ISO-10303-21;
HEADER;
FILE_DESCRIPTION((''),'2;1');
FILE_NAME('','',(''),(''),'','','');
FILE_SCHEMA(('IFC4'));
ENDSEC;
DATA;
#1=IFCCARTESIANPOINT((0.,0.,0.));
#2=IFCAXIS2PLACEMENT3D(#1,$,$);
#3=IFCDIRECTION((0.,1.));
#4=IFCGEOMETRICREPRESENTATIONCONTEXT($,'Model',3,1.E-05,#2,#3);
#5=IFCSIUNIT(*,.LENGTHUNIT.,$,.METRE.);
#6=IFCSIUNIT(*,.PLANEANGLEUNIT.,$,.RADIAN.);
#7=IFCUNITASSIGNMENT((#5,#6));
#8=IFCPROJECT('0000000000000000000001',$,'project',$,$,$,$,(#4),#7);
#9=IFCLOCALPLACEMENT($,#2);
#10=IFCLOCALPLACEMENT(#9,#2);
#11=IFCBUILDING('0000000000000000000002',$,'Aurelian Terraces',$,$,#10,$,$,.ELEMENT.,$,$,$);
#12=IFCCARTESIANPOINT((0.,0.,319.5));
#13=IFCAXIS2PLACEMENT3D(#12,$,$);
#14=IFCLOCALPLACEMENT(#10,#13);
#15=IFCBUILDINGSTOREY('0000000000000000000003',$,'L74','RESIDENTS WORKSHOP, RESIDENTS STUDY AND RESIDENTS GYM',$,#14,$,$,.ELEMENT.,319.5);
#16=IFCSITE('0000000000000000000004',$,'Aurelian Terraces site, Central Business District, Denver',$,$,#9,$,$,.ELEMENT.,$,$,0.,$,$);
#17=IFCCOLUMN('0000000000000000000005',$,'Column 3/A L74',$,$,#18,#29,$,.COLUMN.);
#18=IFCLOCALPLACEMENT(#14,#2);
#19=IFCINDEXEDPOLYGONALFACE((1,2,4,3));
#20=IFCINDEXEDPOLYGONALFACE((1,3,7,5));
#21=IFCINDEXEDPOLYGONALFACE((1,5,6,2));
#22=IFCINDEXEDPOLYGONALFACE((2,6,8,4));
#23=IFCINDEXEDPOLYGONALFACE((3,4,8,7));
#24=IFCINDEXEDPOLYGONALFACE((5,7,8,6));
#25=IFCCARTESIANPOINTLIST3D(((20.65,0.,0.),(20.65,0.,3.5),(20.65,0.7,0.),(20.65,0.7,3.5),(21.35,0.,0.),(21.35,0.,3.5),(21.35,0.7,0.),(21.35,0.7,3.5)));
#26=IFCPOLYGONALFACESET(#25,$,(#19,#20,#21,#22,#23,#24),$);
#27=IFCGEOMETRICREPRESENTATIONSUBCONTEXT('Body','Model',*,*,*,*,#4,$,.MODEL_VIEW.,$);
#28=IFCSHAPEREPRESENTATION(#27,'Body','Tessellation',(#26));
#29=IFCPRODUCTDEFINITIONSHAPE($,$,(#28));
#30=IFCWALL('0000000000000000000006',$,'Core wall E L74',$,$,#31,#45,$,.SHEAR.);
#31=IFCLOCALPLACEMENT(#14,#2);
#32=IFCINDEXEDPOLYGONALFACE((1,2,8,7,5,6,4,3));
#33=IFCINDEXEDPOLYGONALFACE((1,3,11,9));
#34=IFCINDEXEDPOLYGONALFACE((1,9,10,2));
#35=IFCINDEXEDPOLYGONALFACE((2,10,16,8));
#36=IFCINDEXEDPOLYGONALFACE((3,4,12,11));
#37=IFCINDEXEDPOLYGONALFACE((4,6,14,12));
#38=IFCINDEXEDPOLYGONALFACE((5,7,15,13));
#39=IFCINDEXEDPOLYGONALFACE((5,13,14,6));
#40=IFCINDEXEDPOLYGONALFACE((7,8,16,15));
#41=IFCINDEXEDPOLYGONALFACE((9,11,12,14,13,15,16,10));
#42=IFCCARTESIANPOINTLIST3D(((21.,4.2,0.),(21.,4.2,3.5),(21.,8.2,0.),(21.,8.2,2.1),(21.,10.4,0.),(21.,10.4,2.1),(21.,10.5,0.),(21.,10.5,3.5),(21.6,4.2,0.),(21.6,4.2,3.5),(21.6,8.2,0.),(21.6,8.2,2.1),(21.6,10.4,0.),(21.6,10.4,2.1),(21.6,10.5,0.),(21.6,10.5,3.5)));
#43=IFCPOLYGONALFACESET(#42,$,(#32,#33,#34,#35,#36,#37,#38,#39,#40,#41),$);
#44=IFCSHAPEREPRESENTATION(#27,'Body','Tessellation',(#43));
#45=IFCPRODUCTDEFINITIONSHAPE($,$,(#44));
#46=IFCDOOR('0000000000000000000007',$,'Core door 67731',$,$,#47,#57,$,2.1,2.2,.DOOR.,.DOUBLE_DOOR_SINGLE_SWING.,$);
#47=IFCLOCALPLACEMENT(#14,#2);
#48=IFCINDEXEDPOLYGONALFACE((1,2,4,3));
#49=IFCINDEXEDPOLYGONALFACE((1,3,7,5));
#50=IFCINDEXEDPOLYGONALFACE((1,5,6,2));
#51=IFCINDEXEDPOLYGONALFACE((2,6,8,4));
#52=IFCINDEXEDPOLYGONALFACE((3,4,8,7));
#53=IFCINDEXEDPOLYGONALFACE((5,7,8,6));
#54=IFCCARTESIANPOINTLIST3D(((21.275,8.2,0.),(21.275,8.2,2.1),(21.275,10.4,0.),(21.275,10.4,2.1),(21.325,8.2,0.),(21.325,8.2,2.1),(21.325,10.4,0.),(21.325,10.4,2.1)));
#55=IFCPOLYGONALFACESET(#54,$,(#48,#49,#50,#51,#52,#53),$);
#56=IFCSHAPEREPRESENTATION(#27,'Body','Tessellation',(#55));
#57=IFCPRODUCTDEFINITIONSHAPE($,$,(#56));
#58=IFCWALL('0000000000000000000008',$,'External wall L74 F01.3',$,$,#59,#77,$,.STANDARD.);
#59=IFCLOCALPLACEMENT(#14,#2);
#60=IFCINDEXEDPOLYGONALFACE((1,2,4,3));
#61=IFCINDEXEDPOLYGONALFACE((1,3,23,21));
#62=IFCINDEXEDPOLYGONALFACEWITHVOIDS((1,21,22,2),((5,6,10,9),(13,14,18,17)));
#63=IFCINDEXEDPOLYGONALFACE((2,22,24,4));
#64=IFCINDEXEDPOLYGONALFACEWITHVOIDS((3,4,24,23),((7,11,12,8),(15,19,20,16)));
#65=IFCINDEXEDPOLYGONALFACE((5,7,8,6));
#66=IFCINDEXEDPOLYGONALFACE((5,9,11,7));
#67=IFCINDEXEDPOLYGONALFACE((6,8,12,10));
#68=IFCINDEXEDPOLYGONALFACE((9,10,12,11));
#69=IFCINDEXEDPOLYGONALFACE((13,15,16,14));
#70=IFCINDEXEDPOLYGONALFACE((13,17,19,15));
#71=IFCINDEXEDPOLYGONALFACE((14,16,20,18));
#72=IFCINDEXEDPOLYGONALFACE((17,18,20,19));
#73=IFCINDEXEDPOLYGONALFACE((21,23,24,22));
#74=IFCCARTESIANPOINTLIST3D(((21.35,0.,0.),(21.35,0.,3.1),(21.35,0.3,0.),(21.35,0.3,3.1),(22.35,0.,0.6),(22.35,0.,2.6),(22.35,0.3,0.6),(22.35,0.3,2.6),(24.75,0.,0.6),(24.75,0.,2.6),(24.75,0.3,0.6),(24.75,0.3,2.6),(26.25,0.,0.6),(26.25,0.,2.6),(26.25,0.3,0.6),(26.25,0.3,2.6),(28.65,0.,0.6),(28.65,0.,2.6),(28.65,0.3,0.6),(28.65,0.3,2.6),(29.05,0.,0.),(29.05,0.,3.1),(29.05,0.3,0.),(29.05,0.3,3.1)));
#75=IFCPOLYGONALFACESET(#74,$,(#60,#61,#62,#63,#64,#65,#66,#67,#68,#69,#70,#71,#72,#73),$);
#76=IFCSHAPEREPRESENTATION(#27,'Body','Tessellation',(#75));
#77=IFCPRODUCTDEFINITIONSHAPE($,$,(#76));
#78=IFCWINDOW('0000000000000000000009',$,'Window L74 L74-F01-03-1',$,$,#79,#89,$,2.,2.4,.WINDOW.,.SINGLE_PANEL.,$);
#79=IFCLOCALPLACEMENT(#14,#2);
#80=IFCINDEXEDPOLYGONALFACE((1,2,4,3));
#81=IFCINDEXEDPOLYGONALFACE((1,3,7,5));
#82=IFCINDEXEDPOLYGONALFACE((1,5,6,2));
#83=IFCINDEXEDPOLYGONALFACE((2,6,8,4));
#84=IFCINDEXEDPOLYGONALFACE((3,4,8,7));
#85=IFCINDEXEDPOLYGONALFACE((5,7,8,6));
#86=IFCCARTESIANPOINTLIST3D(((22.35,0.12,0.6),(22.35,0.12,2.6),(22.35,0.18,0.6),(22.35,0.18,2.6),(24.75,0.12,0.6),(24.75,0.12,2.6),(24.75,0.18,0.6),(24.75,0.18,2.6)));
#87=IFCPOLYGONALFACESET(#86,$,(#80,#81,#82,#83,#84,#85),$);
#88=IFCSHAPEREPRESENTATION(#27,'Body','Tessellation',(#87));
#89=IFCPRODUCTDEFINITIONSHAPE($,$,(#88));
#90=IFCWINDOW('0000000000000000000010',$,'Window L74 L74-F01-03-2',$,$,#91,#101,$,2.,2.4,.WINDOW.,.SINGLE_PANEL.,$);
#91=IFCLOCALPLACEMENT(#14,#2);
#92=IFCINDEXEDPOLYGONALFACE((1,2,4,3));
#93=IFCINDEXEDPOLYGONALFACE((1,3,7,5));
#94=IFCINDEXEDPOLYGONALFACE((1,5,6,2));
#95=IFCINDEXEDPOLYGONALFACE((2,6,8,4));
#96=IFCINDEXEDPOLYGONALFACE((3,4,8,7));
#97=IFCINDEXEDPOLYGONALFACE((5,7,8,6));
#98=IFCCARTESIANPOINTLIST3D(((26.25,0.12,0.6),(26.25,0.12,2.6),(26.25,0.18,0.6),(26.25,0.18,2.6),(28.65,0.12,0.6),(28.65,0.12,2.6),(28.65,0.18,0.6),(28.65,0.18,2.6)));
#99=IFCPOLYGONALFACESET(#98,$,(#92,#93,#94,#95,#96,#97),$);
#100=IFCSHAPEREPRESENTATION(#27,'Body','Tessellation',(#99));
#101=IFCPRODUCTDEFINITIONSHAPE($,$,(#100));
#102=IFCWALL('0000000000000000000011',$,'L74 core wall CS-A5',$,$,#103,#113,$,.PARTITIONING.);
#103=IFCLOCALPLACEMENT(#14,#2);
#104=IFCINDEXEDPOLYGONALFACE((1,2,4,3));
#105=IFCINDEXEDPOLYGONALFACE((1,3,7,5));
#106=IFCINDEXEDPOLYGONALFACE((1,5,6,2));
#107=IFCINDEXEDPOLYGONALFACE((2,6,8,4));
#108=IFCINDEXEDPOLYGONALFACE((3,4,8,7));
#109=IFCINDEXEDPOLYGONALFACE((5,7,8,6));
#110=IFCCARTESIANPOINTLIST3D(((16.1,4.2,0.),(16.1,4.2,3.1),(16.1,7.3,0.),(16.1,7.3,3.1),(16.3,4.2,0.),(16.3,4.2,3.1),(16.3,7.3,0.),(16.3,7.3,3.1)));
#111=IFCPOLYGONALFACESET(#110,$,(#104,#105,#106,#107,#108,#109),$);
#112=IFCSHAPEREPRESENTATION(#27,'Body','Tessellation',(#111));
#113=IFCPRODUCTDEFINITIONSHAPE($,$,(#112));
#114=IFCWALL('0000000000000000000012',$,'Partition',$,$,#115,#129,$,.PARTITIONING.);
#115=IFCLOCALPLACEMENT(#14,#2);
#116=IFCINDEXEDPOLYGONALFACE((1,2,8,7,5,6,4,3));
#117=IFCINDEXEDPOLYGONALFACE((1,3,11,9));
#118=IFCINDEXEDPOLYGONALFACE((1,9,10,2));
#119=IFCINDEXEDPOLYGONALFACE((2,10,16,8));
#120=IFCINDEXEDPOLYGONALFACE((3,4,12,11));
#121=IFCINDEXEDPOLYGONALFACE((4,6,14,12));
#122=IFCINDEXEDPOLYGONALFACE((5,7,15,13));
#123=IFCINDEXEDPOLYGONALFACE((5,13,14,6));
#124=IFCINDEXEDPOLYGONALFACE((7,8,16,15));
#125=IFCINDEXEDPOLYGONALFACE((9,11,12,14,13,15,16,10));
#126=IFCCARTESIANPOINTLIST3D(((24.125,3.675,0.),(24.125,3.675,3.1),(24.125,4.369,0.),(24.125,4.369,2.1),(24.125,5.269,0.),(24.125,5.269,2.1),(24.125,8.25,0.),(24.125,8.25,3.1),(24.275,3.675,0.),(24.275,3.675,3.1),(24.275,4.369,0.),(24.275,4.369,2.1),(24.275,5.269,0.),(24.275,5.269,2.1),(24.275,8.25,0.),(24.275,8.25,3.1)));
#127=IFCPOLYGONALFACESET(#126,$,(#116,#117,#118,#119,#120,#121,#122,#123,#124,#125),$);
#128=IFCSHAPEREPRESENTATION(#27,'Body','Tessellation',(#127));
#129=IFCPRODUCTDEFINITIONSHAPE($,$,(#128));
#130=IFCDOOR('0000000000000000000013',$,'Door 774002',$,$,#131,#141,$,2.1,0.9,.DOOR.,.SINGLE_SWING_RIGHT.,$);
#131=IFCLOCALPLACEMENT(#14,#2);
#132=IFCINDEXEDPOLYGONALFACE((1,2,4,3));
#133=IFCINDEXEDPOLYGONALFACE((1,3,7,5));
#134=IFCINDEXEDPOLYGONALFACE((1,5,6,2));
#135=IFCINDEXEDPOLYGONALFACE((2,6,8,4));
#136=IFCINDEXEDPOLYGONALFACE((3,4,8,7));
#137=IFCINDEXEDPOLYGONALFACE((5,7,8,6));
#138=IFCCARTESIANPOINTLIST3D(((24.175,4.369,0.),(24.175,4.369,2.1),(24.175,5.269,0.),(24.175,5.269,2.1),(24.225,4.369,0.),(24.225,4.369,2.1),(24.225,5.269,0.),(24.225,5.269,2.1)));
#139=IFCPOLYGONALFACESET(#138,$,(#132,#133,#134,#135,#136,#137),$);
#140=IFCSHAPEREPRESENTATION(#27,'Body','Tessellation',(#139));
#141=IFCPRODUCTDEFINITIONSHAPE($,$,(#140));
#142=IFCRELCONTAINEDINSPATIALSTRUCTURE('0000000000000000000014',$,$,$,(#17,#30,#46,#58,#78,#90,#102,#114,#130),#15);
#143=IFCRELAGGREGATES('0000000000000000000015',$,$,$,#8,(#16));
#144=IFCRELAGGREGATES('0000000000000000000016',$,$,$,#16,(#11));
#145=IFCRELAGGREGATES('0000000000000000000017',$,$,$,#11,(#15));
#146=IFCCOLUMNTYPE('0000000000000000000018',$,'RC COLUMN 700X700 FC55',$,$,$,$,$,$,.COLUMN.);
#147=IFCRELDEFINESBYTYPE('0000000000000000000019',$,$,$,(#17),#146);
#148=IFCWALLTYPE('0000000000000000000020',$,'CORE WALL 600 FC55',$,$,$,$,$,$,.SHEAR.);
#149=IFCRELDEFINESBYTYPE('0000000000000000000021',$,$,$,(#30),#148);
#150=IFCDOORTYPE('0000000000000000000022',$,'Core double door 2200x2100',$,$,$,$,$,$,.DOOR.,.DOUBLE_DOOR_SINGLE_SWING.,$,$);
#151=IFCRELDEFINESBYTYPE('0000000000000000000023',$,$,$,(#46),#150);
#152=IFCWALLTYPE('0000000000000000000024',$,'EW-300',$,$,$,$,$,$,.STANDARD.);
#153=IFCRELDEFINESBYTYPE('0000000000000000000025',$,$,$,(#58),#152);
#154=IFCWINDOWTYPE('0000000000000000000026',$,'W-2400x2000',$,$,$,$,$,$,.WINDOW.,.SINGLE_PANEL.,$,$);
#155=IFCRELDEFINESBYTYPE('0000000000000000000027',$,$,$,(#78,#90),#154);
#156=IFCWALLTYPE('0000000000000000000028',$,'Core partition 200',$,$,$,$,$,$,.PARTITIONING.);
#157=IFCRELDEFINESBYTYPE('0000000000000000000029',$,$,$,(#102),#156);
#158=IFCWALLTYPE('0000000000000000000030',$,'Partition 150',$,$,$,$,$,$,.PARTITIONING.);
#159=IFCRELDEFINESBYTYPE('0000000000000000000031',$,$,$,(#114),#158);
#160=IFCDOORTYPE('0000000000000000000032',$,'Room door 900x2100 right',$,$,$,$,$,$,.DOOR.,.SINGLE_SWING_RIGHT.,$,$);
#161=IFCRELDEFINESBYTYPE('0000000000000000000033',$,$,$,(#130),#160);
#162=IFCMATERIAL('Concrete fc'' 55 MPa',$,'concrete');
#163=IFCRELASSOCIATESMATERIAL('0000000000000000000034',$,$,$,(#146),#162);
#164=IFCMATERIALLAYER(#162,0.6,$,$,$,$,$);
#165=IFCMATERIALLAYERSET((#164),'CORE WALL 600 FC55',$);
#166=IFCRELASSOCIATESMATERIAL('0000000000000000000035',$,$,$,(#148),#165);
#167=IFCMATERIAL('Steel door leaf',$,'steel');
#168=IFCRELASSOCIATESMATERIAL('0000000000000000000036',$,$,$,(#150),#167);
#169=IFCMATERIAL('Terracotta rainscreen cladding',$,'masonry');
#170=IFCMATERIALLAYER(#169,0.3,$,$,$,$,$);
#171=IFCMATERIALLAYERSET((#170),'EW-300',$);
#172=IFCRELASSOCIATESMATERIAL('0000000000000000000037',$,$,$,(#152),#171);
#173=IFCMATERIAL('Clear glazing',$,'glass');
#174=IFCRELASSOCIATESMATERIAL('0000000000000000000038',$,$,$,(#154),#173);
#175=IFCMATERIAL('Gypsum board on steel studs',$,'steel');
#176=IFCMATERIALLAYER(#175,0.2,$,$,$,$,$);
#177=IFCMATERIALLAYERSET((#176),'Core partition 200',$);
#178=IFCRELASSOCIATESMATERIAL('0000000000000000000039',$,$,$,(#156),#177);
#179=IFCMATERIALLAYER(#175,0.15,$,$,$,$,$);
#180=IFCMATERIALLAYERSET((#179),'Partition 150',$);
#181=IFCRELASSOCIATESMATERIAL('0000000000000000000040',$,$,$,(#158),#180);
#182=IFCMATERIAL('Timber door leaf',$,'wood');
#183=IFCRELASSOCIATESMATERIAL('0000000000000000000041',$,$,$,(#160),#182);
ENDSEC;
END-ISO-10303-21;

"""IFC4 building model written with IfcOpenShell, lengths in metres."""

from ifc_helpers import new_model, si_unit, direction, frame, frame_2d, origin, origin_2d, place, context, subcontext, project, spatial, rectangle, extrude, source, transform, mapped, material, layer, layer_set, material_profile, profile_set, type_object, element, fill, save


model = new_model("IFC4")

# Units and contexts
model_context = context("Model", 3, precision=1e-05, world=origin(), true_north=direction((0.0, 1.0)))
body_context = subcontext(model_context, "Body", "Model", "MODEL_VIEW")
ifc_project = project(units=[si_unit("LENGTHUNIT", "METRE"), si_unit("PLANEANGLEUNIT", "RADIAN")], contexts=[model_context])

# Site, building, storey
site_placement = place(None, origin())
site = spatial("IfcSite", under=ifc_project, at=site_placement, Name="Aurelian Terraces site, Central Business District, Denver", CompositionType="ELEMENT", RefElevation=0.0)
building_placement = place(site_placement, origin())
building = spatial("IfcBuilding", under=site, at=building_placement, Name="Aurelian Terraces", CompositionType="ELEMENT")
storey_placement = place(building_placement, frame((0.0, 0.0, 319.5)))
storey = spatial("IfcBuildingStorey", under=building, at=storey_placement, Name="L74", Description="RESIDENTS WORKSHOP, RESIDENTS STUDY AND RESIDENTS GYM", CompositionType="ELEMENT", Elevation=319.5)

# Column
ifc_material_1 = material(Name="Concrete fc' 55 MPa", Category="concrete")
ifc_material_profile = material_profile(ifc_material_1, rectangle(XDim=0.7, YDim=0.7, at=origin_2d()))
ifc_profile_set = profile_set([ifc_material_profile], Name="Concrete fc' 55 MPa")
column_type = type_object("IfcColumnType", Name="RC COLUMN 700X700 FC55", PredefinedType="COLUMN", material=ifc_profile_set)
shared_shape_1 = source(origin(), body_context, "Body", "SweptSolid", [
    extrude(rectangle(XDim=0.7, YDim=0.7, at=origin_2d()), origin(), (0.0, 0.0, 1.0), 3.5),
])
column_placement = place(storey_placement, frame((21.0, 0.35, 0.0), z_axis=(0.0, 0.0, 1.0), x_axis=(1.0, 0.0, 0.0)))
element("IfcColumn", 1, at=column_placement, inside=storey, type_object=column_type, Name="Column 3/A L74", PredefinedType="COLUMN", context=body_context, shape_type="MappedRepresentation", body=[
    mapped(shared_shape_1, transform((0.0, 0.0, 0.0), scale=1.0)),
])

# Wall, opening, door
ifc_layer_1 = layer(ifc_material_1, 0.6)
ifc_layer_set_1 = layer_set([ifc_layer_1], Name="CORE WALL 600 FC55")
wall_type_1 = type_object("IfcWallType", Name="CORE WALL 600 FC55", PredefinedType="SHEAR", material=ifc_layer_set_1)
shared_shape_2 = source(origin(), body_context, "Body", "SweptSolid", [
    extrude(rectangle(XDim=6.3, YDim=0.6, at=frame_2d((3.15, 0.0))), origin(), (0.0, 0.0, 1.0), 3.5),
])
wall_1_placement = place(storey_placement, frame((21.3, 4.2, 0.0), z_axis=(0.0, 0.0, 1.0), x_axis=(0.0, 1.0, 0.0)))
wall_1 = element("IfcWall", 2, at=wall_1_placement, inside=storey, type_object=wall_type_1, Name="Core wall E L74", PredefinedType="SHEAR", context=body_context, shape_type="MappedRepresentation", body=[
    mapped(shared_shape_2, transform((0.0, 0.0, 0.0), scale=1.0)),
])
shared_shape_3 = source(origin(), body_context, "Body", "SweptSolid", [
    extrude(rectangle(XDim=2.2, YDim=2.1, at=frame_2d((1.1, 1.05))), frame((0.0, 0.31, 0.0), z_axis=(0.0, -1.0, 0.0), x_axis=(1.0, 0.0, 0.0)), (0.0, 0.0, 1.0), 0.62),
])
opening_1_placement = place(wall_1_placement, frame((4.0, 0.0, 0.0)))
opening_1 = element("IfcOpeningElement", 3, at=opening_1_placement, cuts=wall_1, PredefinedType="OPENING", context=body_context, shape_type="MappedRepresentation", body=[
    mapped(shared_shape_3, transform((0.0, 0.0, 0.0), scale=1.0)),
])
ifc_material_2 = material(Name="Steel door leaf", Category="steel")
door_type_1 = type_object("IfcDoorType", Name="Core double door 2200x2100", OperationType="DOUBLE_DOOR_SINGLE_SWING", PredefinedType="DOOR", material=ifc_material_2)
shared_shape_4 = source(origin(), body_context, "Body", "SweptSolid", [
    extrude(rectangle(XDim=2.2, YDim=2.1, at=frame_2d((1.1, 1.05))), frame((0.0, 0.025, 0.0), z_axis=(0.0, -1.0, 0.0), x_axis=(1.0, 0.0, 0.0)), (0.0, 0.0, 1.0), 0.05),
])
door_1_placement = place(opening_1_placement, origin())
door_1 = element("IfcDoor", 4, at=door_1_placement, inside=storey, type_object=door_type_1, Name="Core door 67731", OperationType="DOUBLE_DOOR_SINGLE_SWING", OverallHeight=2.1, OverallWidth=2.2, PredefinedType="DOOR", context=body_context, shape_type="MappedRepresentation", body=[
    mapped(shared_shape_4, transform((0.0, 0.0, 0.0), scale=1.0)),
])
fill(opening_1, door_1)

# Wall, openings, windows
ifc_material_3 = material(Name="Terracotta rainscreen cladding", Category="masonry")
ifc_layer_2 = layer(ifc_material_3, 0.3)
ifc_layer_set_2 = layer_set([ifc_layer_2], Name="EW-300")
wall_type_2 = type_object("IfcWallType", Name="EW-300", PredefinedType="STANDARD", material=ifc_layer_set_2)
shared_shape_5 = source(origin(), body_context, "Body", "SweptSolid", [
    extrude(rectangle(XDim=7.7, YDim=0.3, at=frame_2d((3.85, 0.0))), origin(), (0.0, 0.0, 1.0), 3.1),
])
wall_2_placement = place(storey_placement, frame((21.35, 0.15, 0.0), z_axis=(0.0, 0.0, 1.0), x_axis=(1.0, 0.0, 0.0)))
wall_2 = element("IfcWall", 5, at=wall_2_placement, inside=storey, type_object=wall_type_2, Name="External wall L74 F01.3", PredefinedType="STANDARD", context=body_context, shape_type="MappedRepresentation", body=[
    mapped(shared_shape_5, transform((0.0, 0.0, 0.0), scale=1.0)),
])
shared_shape_6 = source(origin(), body_context, "Body", "SweptSolid", [
    extrude(rectangle(XDim=2.4, YDim=2.0, at=frame_2d((1.2, 1.0))), frame((0.0, 0.16, 0.0), z_axis=(0.0, -1.0, 0.0), x_axis=(1.0, 0.0, 0.0)), (0.0, 0.0, 1.0), 0.32),
])
opening_2_placement = place(wall_2_placement, frame((1.0, 0.0, 0.6)))
opening_2 = element("IfcOpeningElement", 6, at=opening_2_placement, cuts=wall_2, PredefinedType="OPENING", context=body_context, shape_type="MappedRepresentation", body=[
    mapped(shared_shape_6, transform((0.0, 0.0, 0.0), scale=1.0)),
])
opening_3_placement = place(wall_2_placement, frame((4.9, 0.0, 0.6)))
opening_3 = element("IfcOpeningElement", 7, at=opening_3_placement, cuts=wall_2, PredefinedType="OPENING", context=body_context, shape_type="MappedRepresentation", body=[
    mapped(shared_shape_6, transform((0.0, 0.0, 0.0), scale=1.0)),
])
ifc_material_4 = material(Name="Clear glazing", Category="glass")
window_type = type_object("IfcWindowType", Name="W-2400x2000", PartitioningType="SINGLE_PANEL", PredefinedType="WINDOW", material=ifc_material_4)
shared_shape_7 = source(origin(), body_context, "Body", "SweptSolid", [
    extrude(rectangle(XDim=2.4, YDim=2.0, at=frame_2d((1.2, 1.0))), frame((0.0, 0.03, 0.0), z_axis=(0.0, -1.0, 0.0), x_axis=(1.0, 0.0, 0.0)), (0.0, 0.0, 1.0), 0.06),
])
window_1_placement = place(opening_2_placement, origin())
window_1 = element("IfcWindow", 8, at=window_1_placement, inside=storey, type_object=window_type, Name="Window L74 L74-F01-03-1", OverallHeight=2.0, OverallWidth=2.4, PartitioningType="SINGLE_PANEL", PredefinedType="WINDOW", context=body_context, shape_type="MappedRepresentation", body=[
    mapped(shared_shape_7, transform((0.0, 0.0, 0.0), scale=1.0)),
])
fill(opening_2, window_1)
window_2_placement = place(opening_3_placement, origin())
window_2 = element("IfcWindow", 9, at=window_2_placement, inside=storey, type_object=window_type, Name="Window L74 L74-F01-03-2", OverallHeight=2.0, OverallWidth=2.4, PartitioningType="SINGLE_PANEL", PredefinedType="WINDOW", context=body_context, shape_type="MappedRepresentation", body=[
    mapped(shared_shape_7, transform((0.0, 0.0, 0.0), scale=1.0)),
])
fill(opening_3, window_2)

# Wall
ifc_material_5 = material(Name="Gypsum board on steel studs", Category="steel")
ifc_layer_3 = layer(ifc_material_5, 0.2)
ifc_layer_set_3 = layer_set([ifc_layer_3], Name="Core partition 200")
wall_type_3 = type_object("IfcWallType", Name="Core partition 200", PredefinedType="PARTITIONING", material=ifc_layer_set_3)
shared_shape_8 = source(origin(), body_context, "Body", "SweptSolid", [
    extrude(rectangle(XDim=3.1, YDim=0.2, at=frame_2d((1.55, 0.0))), origin(), (0.0, 0.0, 1.0), 3.1),
])
wall_3_placement = place(storey_placement, frame((16.2, 4.2, 0.0), z_axis=(0.0, 0.0, 1.0), x_axis=(0.0, 1.0, 0.0)))
element("IfcWall", 10, at=wall_3_placement, inside=storey, type_object=wall_type_3, Name="L74 core wall CS-A5", PredefinedType="PARTITIONING", context=body_context, shape_type="MappedRepresentation", body=[
    mapped(shared_shape_8, transform((0.0, 0.0, 0.0), scale=1.0)),
])

# Wall, opening, door
ifc_layer_4 = layer(ifc_material_5, 0.15)
ifc_layer_set_4 = layer_set([ifc_layer_4], Name="Partition 150")
wall_type_4 = type_object("IfcWallType", Name="Partition 150", PredefinedType="PARTITIONING", material=ifc_layer_set_4)
shared_shape_9 = source(origin(), body_context, "Body", "SweptSolid", [
    extrude(rectangle(XDim=4.575, YDim=0.15, at=frame_2d((2.2875, 0.0))), origin(), (0.0, 0.0, 1.0), 3.1),
])
wall_4_placement = place(storey_placement, frame((24.2, 8.25, 0.0), z_axis=(0.0, 0.0, 1.0), x_axis=(0.0, -1.0, 0.0)))
wall_4 = element("IfcWall", 11, at=wall_4_placement, inside=storey, type_object=wall_type_4, Name="Partition", PredefinedType="PARTITIONING", context=body_context, shape_type="MappedRepresentation", body=[
    mapped(shared_shape_9, transform((0.0, 0.0, 0.0), scale=1.0)),
])
shared_shape_10 = source(origin(), body_context, "Body", "SweptSolid", [
    extrude(rectangle(XDim=0.9, YDim=2.1, at=frame_2d((0.45, 1.05))), frame((0.0, 0.085, 0.0), z_axis=(0.0, -1.0, 0.0), x_axis=(1.0, 0.0, 0.0)), (0.0, 0.0, 1.0), 0.17),
])
opening_4_placement = place(wall_4_placement, frame((2.981, 0.0, 0.0)))
opening_4 = element("IfcOpeningElement", 12, at=opening_4_placement, cuts=wall_4, PredefinedType="OPENING", context=body_context, shape_type="MappedRepresentation", body=[
    mapped(shared_shape_10, transform((0.0, 0.0, 0.0), scale=1.0)),
])
ifc_material_6 = material(Name="Timber door leaf", Category="wood")
door_type_2 = type_object("IfcDoorType", Name="Room door 900x2100 right", OperationType="SINGLE_SWING_RIGHT", PredefinedType="DOOR", material=ifc_material_6)
shared_shape_11 = source(origin(), body_context, "Body", "SweptSolid", [
    extrude(rectangle(XDim=0.9, YDim=2.1, at=frame_2d((0.45, 1.05))), frame((0.0, 0.025, 0.0), z_axis=(0.0, -1.0, 0.0), x_axis=(1.0, 0.0, 0.0)), (0.0, 0.0, 1.0), 0.05),
])
door_2_placement = place(opening_4_placement, origin())
door_2 = element("IfcDoor", 13, at=door_2_placement, inside=storey, type_object=door_type_2, Name="Door 774002", OperationType="SINGLE_SWING_RIGHT", OverallHeight=2.1, OverallWidth=0.9, PredefinedType="DOOR", context=body_context, shape_type="MappedRepresentation", body=[
    mapped(shared_shape_11, transform((0.0, 0.0, 0.0), scale=1.0)),
])
fill(opening_4, door_2)

save(model, "model.ifc")
